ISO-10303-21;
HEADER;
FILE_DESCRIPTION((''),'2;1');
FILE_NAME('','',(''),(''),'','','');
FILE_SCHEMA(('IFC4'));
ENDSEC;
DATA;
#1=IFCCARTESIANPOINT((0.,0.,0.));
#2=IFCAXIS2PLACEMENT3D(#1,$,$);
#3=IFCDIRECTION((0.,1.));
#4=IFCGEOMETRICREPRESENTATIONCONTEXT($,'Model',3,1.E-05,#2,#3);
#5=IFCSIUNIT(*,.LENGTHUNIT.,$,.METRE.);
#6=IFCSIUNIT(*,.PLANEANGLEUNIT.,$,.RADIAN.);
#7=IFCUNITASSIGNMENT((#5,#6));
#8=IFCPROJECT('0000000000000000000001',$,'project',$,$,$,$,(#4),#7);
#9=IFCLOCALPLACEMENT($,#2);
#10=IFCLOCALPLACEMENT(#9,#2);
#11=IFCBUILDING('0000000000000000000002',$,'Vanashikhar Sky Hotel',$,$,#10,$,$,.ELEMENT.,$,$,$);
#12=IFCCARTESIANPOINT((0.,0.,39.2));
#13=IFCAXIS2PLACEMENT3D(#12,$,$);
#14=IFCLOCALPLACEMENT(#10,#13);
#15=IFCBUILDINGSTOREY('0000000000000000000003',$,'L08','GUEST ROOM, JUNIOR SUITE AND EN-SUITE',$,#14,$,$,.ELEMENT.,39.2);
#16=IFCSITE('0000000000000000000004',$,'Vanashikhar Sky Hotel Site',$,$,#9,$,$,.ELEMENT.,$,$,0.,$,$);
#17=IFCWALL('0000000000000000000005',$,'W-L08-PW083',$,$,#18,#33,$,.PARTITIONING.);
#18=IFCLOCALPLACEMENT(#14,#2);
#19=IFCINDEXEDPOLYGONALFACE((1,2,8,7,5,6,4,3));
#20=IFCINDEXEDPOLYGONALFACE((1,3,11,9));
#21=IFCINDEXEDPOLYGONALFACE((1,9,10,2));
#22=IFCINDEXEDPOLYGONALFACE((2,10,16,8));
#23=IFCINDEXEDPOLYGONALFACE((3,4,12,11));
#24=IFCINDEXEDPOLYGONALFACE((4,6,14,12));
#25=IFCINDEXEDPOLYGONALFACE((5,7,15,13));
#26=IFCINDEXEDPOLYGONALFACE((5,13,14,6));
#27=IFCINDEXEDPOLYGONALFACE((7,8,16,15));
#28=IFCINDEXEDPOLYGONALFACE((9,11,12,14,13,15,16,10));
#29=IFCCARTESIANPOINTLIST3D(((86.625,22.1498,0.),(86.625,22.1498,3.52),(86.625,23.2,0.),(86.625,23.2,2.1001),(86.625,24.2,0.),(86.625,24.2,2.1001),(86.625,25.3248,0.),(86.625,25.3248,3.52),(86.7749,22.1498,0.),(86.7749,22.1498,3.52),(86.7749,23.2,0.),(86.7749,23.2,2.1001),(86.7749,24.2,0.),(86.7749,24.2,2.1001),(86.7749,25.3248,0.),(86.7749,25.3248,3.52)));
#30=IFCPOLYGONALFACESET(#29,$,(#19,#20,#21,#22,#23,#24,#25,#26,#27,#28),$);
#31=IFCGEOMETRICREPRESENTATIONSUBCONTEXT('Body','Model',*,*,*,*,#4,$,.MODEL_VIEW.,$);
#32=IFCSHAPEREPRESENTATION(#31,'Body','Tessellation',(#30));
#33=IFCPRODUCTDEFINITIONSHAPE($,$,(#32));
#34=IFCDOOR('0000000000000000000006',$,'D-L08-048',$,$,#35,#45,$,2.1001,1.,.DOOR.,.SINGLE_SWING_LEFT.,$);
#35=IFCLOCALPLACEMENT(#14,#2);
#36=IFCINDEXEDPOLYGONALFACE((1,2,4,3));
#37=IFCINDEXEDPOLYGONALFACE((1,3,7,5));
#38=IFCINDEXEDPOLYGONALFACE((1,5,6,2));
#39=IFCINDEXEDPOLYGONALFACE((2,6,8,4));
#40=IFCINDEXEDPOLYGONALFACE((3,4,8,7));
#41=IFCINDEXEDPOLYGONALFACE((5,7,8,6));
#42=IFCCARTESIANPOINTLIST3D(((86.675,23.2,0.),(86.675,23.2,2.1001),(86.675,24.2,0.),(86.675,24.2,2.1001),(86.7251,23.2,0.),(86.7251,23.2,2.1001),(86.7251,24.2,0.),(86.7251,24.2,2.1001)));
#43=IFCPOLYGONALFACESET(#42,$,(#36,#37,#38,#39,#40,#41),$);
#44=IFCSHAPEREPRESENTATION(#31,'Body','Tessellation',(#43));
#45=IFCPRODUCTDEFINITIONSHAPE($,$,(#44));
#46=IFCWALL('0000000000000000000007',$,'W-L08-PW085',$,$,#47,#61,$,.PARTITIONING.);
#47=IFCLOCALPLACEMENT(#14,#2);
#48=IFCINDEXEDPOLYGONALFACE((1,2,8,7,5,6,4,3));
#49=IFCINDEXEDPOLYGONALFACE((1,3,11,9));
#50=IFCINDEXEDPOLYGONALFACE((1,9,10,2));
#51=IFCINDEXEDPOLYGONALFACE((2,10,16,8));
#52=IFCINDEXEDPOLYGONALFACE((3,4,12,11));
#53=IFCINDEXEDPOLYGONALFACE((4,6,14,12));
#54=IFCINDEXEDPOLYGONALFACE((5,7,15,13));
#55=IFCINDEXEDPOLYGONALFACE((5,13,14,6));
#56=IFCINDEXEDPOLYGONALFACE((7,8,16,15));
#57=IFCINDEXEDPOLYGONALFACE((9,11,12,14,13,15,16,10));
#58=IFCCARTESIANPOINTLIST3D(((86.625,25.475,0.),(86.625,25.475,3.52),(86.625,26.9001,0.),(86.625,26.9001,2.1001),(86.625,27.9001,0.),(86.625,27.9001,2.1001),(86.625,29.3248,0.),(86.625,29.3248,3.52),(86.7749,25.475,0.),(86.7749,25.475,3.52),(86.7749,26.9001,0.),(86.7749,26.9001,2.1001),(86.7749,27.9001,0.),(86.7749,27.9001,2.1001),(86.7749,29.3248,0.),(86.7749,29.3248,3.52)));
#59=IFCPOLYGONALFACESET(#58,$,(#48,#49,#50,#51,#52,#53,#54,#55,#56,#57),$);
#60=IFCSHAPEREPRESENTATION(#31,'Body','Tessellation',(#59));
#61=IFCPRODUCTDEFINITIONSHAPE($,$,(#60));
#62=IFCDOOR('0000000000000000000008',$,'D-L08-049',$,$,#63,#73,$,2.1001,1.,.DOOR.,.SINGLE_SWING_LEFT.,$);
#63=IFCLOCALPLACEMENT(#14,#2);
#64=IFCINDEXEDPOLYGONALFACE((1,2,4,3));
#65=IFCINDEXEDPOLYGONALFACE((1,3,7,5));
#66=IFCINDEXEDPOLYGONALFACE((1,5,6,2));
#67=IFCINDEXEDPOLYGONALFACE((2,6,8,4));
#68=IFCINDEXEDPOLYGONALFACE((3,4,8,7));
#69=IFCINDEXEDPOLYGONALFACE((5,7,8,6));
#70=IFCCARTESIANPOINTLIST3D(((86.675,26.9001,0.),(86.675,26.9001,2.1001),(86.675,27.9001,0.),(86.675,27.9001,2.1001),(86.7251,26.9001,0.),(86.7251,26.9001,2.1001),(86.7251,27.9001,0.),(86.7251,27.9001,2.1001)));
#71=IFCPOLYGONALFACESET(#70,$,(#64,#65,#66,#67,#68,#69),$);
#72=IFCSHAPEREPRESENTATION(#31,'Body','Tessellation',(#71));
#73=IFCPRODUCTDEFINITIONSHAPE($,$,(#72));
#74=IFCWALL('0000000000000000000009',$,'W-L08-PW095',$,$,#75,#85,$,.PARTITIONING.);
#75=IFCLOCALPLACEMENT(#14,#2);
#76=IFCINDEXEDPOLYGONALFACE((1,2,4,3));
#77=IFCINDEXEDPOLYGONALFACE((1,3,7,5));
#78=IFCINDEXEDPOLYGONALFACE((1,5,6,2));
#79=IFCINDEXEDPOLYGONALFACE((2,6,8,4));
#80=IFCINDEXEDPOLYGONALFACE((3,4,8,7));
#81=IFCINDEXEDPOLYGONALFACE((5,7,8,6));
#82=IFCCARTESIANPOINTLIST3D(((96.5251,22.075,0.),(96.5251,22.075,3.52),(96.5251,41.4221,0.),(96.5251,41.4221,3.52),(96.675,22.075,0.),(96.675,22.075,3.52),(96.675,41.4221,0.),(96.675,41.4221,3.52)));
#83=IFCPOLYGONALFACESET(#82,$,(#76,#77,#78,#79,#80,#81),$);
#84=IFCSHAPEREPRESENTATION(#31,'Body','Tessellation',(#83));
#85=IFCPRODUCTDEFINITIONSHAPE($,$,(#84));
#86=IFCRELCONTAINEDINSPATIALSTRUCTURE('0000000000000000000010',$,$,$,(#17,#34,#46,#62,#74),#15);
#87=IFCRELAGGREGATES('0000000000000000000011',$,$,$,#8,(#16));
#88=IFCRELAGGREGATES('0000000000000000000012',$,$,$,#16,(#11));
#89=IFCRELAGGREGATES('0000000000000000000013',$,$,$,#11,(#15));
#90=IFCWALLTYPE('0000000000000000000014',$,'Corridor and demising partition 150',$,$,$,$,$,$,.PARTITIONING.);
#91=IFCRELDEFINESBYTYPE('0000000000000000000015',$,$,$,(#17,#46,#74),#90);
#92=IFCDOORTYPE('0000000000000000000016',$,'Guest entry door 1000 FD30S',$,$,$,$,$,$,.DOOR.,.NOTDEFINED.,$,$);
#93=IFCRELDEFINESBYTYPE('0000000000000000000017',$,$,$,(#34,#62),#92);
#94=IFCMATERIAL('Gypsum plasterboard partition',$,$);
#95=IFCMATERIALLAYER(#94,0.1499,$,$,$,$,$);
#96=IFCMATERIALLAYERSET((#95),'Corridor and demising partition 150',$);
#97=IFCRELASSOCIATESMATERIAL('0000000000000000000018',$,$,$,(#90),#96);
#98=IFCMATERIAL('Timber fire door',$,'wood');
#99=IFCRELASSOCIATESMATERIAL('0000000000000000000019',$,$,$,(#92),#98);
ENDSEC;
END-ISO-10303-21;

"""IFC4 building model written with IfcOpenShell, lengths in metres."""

from ifc_helpers import new_model, si_unit, direction, frame, frame_2d, origin, place, context, subcontext, project, spatial, rectangle, extrude, source, transform, mapped, material, layer, layer_set, type_object, element, fill, save


model = new_model("IFC4")

# Units and contexts
model_context = context("Model", 3, precision=1e-05, world=origin(), true_north=direction((0.0, 1.0)))
body_context = subcontext(model_context, "Body", "Model", "MODEL_VIEW")
ifc_project = project(units=[si_unit("LENGTHUNIT", "METRE"), si_unit("PLANEANGLEUNIT", "RADIAN")], contexts=[model_context])

# Site, building, storey
site_placement = place(None, origin())
site = spatial("IfcSite", under=ifc_project, at=site_placement, Name="Vanashikhar Sky Hotel Site", CompositionType="ELEMENT", RefElevation=0.0)
building_placement = place(site_placement, origin())
building = spatial("IfcBuilding", under=site, at=building_placement, Name="Vanashikhar Sky Hotel", CompositionType="ELEMENT")
storey_placement = place(building_placement, frame((0.0, 0.0, 39.2)))
storey = spatial("IfcBuildingStorey", under=building, at=storey_placement, Name="L08", Description="GUEST ROOM, JUNIOR SUITE AND EN-SUITE", CompositionType="ELEMENT", Elevation=39.2)

# Shared definitions
ifc_material_1 = material(Name="Gypsum plasterboard partition")
ifc_layer_1 = layer(ifc_material_1, 0.1499)
ifc_layer_set_1 = layer_set([ifc_layer_1], Name="Corridor and demising partition 150")
wall_type_1 = type_object("IfcWallType", Name="Corridor and demising partition 150", PredefinedType="PARTITIONING", material=ifc_layer_set_1)
shared_shape_1 = source(origin(), body_context, "Body", "SweptSolid", [
    extrude(rectangle(XDim=1.0, YDim=2.1001, at=frame_2d((0.5, 1.05))), frame((0.0, 0.085, 0.0), z_axis=(0.0, -1.0, 0.0), x_axis=(1.0, 0.0, 0.0)), (0.0, 0.0, 1.0), 0.1699),
])
ifc_material_2 = material(Name="Timber fire door", Category="wood")
door_type_1 = type_object("IfcDoorType", Name="Guest entry door 1000 FD30S", OperationType="NOTDEFINED", PredefinedType="DOOR", material=ifc_material_2)
shared_shape_2 = source(origin(), body_context, "Body", "SweptSolid", [
    extrude(rectangle(XDim=1.0, YDim=2.1001, at=frame_2d((0.5, 1.05))), frame((0.0, 0.0249, 0.0), z_axis=(0.0, -1.0, 0.0), x_axis=(1.0, 0.0, 0.0)), (0.0, 0.0, 1.0), 0.05),
])

# Walls, openings, doors
shared_shape_3 = source(origin(), body_context, "Body", "SweptSolid", [
    extrude(rectangle(XDim=3.175, YDim=0.1499, at=frame_2d((1.5874, 0.0))), origin(), (0.0, 0.0, 1.0), 3.52),
])
wall_1_placement = place(storey_placement, frame((86.7, 22.1499, 0.0), z_axis=(0.0, 0.0, 1.0), x_axis=(0.0, 1.0, 0.0)))
wall_1 = element("IfcWall", 1, at=wall_1_placement, inside=storey, type_object=wall_type_1, Name="W-L08-PW083", PredefinedType="PARTITIONING", context=body_context, shape_type="MappedRepresentation", body=[
    mapped(shared_shape_3, transform((0.0, 0.0, 0.0), scale=1.0)),
])
opening_1_placement = place(wall_1_placement, frame((1.05, 0.0, 0.0)))
opening_1 = element("IfcOpeningElement", 2, at=opening_1_placement, cuts=wall_1, PredefinedType="OPENING", context=body_context, shape_type="MappedRepresentation", body=[
    mapped(shared_shape_1, transform((0.0, 0.0, 0.0), scale=1.0)),
])
door_1_placement = place(opening_1_placement, origin())
door_1 = element("IfcDoor", 3, at=door_1_placement, inside=storey, type_object=door_type_1, Name="D-L08-048", OperationType="SINGLE_SWING_LEFT", OverallHeight=2.1001, OverallWidth=1.0, PredefinedType="DOOR", context=body_context, shape_type="MappedRepresentation", body=[
    mapped(shared_shape_2, transform((0.0, 0.0, 0.0), scale=1.0)),
])
fill(opening_1, door_1)
shared_shape_4 = source(origin(), body_context, "Body", "SweptSolid", [
    extrude(rectangle(XDim=3.8499, YDim=0.1499, at=frame_2d((1.9248, 0.0))), origin(), (0.0, 0.0, 1.0), 3.52),
])
wall_2_placement = place(storey_placement, frame((86.7, 25.4751, 0.0), z_axis=(0.0, 0.0, 1.0), x_axis=(0.0, 1.0, 0.0)))
wall_2 = element("IfcWall", 4, at=wall_2_placement, inside=storey, type_object=wall_type_1, Name="W-L08-PW085", PredefinedType="PARTITIONING", context=body_context, shape_type="MappedRepresentation", body=[
    mapped(shared_shape_4, transform((0.0, 0.0, 0.0), scale=1.0)),
])
opening_2_placement = place(wall_2_placement, frame((1.425, 0.0, 0.0)))
opening_2 = element("IfcOpeningElement", 5, at=opening_2_placement, cuts=wall_2, PredefinedType="OPENING", context=body_context, shape_type="MappedRepresentation", body=[
    mapped(shared_shape_1, transform((0.0, 0.0, 0.0), scale=1.0)),
])
door_2_placement = place(opening_2_placement, origin())
door_2 = element("IfcDoor", 6, at=door_2_placement, inside=storey, type_object=door_type_1, Name="D-L08-049", OperationType="SINGLE_SWING_LEFT", OverallHeight=2.1001, OverallWidth=1.0, PredefinedType="DOOR", context=body_context, shape_type="MappedRepresentation", body=[
    mapped(shared_shape_2, transform((0.0, 0.0, 0.0), scale=1.0)),
])
fill(opening_2, door_2)

# Wall
shared_shape_5 = source(origin(), body_context, "Body", "SweptSolid", [
    extrude(rectangle(XDim=19.3472, YDim=0.1499, at=frame_2d((9.6736, 0.0))), origin(), (0.0, 0.0, 1.0), 3.52),
])
wall_3_placement = place(storey_placement, frame((96.6001, 22.075, 0.0), z_axis=(0.0, 0.0, 1.0), x_axis=(0.0, 1.0, 0.0)))
element("IfcWall", 7, at=wall_3_placement, inside=storey, type_object=wall_type_1, Name="W-L08-PW095", PredefinedType="PARTITIONING", context=body_context, shape_type="MappedRepresentation", body=[
    mapped(shared_shape_5, transform((0.0, 0.0, 0.0), scale=1.0)),
])

save(model, "model.ifc")
